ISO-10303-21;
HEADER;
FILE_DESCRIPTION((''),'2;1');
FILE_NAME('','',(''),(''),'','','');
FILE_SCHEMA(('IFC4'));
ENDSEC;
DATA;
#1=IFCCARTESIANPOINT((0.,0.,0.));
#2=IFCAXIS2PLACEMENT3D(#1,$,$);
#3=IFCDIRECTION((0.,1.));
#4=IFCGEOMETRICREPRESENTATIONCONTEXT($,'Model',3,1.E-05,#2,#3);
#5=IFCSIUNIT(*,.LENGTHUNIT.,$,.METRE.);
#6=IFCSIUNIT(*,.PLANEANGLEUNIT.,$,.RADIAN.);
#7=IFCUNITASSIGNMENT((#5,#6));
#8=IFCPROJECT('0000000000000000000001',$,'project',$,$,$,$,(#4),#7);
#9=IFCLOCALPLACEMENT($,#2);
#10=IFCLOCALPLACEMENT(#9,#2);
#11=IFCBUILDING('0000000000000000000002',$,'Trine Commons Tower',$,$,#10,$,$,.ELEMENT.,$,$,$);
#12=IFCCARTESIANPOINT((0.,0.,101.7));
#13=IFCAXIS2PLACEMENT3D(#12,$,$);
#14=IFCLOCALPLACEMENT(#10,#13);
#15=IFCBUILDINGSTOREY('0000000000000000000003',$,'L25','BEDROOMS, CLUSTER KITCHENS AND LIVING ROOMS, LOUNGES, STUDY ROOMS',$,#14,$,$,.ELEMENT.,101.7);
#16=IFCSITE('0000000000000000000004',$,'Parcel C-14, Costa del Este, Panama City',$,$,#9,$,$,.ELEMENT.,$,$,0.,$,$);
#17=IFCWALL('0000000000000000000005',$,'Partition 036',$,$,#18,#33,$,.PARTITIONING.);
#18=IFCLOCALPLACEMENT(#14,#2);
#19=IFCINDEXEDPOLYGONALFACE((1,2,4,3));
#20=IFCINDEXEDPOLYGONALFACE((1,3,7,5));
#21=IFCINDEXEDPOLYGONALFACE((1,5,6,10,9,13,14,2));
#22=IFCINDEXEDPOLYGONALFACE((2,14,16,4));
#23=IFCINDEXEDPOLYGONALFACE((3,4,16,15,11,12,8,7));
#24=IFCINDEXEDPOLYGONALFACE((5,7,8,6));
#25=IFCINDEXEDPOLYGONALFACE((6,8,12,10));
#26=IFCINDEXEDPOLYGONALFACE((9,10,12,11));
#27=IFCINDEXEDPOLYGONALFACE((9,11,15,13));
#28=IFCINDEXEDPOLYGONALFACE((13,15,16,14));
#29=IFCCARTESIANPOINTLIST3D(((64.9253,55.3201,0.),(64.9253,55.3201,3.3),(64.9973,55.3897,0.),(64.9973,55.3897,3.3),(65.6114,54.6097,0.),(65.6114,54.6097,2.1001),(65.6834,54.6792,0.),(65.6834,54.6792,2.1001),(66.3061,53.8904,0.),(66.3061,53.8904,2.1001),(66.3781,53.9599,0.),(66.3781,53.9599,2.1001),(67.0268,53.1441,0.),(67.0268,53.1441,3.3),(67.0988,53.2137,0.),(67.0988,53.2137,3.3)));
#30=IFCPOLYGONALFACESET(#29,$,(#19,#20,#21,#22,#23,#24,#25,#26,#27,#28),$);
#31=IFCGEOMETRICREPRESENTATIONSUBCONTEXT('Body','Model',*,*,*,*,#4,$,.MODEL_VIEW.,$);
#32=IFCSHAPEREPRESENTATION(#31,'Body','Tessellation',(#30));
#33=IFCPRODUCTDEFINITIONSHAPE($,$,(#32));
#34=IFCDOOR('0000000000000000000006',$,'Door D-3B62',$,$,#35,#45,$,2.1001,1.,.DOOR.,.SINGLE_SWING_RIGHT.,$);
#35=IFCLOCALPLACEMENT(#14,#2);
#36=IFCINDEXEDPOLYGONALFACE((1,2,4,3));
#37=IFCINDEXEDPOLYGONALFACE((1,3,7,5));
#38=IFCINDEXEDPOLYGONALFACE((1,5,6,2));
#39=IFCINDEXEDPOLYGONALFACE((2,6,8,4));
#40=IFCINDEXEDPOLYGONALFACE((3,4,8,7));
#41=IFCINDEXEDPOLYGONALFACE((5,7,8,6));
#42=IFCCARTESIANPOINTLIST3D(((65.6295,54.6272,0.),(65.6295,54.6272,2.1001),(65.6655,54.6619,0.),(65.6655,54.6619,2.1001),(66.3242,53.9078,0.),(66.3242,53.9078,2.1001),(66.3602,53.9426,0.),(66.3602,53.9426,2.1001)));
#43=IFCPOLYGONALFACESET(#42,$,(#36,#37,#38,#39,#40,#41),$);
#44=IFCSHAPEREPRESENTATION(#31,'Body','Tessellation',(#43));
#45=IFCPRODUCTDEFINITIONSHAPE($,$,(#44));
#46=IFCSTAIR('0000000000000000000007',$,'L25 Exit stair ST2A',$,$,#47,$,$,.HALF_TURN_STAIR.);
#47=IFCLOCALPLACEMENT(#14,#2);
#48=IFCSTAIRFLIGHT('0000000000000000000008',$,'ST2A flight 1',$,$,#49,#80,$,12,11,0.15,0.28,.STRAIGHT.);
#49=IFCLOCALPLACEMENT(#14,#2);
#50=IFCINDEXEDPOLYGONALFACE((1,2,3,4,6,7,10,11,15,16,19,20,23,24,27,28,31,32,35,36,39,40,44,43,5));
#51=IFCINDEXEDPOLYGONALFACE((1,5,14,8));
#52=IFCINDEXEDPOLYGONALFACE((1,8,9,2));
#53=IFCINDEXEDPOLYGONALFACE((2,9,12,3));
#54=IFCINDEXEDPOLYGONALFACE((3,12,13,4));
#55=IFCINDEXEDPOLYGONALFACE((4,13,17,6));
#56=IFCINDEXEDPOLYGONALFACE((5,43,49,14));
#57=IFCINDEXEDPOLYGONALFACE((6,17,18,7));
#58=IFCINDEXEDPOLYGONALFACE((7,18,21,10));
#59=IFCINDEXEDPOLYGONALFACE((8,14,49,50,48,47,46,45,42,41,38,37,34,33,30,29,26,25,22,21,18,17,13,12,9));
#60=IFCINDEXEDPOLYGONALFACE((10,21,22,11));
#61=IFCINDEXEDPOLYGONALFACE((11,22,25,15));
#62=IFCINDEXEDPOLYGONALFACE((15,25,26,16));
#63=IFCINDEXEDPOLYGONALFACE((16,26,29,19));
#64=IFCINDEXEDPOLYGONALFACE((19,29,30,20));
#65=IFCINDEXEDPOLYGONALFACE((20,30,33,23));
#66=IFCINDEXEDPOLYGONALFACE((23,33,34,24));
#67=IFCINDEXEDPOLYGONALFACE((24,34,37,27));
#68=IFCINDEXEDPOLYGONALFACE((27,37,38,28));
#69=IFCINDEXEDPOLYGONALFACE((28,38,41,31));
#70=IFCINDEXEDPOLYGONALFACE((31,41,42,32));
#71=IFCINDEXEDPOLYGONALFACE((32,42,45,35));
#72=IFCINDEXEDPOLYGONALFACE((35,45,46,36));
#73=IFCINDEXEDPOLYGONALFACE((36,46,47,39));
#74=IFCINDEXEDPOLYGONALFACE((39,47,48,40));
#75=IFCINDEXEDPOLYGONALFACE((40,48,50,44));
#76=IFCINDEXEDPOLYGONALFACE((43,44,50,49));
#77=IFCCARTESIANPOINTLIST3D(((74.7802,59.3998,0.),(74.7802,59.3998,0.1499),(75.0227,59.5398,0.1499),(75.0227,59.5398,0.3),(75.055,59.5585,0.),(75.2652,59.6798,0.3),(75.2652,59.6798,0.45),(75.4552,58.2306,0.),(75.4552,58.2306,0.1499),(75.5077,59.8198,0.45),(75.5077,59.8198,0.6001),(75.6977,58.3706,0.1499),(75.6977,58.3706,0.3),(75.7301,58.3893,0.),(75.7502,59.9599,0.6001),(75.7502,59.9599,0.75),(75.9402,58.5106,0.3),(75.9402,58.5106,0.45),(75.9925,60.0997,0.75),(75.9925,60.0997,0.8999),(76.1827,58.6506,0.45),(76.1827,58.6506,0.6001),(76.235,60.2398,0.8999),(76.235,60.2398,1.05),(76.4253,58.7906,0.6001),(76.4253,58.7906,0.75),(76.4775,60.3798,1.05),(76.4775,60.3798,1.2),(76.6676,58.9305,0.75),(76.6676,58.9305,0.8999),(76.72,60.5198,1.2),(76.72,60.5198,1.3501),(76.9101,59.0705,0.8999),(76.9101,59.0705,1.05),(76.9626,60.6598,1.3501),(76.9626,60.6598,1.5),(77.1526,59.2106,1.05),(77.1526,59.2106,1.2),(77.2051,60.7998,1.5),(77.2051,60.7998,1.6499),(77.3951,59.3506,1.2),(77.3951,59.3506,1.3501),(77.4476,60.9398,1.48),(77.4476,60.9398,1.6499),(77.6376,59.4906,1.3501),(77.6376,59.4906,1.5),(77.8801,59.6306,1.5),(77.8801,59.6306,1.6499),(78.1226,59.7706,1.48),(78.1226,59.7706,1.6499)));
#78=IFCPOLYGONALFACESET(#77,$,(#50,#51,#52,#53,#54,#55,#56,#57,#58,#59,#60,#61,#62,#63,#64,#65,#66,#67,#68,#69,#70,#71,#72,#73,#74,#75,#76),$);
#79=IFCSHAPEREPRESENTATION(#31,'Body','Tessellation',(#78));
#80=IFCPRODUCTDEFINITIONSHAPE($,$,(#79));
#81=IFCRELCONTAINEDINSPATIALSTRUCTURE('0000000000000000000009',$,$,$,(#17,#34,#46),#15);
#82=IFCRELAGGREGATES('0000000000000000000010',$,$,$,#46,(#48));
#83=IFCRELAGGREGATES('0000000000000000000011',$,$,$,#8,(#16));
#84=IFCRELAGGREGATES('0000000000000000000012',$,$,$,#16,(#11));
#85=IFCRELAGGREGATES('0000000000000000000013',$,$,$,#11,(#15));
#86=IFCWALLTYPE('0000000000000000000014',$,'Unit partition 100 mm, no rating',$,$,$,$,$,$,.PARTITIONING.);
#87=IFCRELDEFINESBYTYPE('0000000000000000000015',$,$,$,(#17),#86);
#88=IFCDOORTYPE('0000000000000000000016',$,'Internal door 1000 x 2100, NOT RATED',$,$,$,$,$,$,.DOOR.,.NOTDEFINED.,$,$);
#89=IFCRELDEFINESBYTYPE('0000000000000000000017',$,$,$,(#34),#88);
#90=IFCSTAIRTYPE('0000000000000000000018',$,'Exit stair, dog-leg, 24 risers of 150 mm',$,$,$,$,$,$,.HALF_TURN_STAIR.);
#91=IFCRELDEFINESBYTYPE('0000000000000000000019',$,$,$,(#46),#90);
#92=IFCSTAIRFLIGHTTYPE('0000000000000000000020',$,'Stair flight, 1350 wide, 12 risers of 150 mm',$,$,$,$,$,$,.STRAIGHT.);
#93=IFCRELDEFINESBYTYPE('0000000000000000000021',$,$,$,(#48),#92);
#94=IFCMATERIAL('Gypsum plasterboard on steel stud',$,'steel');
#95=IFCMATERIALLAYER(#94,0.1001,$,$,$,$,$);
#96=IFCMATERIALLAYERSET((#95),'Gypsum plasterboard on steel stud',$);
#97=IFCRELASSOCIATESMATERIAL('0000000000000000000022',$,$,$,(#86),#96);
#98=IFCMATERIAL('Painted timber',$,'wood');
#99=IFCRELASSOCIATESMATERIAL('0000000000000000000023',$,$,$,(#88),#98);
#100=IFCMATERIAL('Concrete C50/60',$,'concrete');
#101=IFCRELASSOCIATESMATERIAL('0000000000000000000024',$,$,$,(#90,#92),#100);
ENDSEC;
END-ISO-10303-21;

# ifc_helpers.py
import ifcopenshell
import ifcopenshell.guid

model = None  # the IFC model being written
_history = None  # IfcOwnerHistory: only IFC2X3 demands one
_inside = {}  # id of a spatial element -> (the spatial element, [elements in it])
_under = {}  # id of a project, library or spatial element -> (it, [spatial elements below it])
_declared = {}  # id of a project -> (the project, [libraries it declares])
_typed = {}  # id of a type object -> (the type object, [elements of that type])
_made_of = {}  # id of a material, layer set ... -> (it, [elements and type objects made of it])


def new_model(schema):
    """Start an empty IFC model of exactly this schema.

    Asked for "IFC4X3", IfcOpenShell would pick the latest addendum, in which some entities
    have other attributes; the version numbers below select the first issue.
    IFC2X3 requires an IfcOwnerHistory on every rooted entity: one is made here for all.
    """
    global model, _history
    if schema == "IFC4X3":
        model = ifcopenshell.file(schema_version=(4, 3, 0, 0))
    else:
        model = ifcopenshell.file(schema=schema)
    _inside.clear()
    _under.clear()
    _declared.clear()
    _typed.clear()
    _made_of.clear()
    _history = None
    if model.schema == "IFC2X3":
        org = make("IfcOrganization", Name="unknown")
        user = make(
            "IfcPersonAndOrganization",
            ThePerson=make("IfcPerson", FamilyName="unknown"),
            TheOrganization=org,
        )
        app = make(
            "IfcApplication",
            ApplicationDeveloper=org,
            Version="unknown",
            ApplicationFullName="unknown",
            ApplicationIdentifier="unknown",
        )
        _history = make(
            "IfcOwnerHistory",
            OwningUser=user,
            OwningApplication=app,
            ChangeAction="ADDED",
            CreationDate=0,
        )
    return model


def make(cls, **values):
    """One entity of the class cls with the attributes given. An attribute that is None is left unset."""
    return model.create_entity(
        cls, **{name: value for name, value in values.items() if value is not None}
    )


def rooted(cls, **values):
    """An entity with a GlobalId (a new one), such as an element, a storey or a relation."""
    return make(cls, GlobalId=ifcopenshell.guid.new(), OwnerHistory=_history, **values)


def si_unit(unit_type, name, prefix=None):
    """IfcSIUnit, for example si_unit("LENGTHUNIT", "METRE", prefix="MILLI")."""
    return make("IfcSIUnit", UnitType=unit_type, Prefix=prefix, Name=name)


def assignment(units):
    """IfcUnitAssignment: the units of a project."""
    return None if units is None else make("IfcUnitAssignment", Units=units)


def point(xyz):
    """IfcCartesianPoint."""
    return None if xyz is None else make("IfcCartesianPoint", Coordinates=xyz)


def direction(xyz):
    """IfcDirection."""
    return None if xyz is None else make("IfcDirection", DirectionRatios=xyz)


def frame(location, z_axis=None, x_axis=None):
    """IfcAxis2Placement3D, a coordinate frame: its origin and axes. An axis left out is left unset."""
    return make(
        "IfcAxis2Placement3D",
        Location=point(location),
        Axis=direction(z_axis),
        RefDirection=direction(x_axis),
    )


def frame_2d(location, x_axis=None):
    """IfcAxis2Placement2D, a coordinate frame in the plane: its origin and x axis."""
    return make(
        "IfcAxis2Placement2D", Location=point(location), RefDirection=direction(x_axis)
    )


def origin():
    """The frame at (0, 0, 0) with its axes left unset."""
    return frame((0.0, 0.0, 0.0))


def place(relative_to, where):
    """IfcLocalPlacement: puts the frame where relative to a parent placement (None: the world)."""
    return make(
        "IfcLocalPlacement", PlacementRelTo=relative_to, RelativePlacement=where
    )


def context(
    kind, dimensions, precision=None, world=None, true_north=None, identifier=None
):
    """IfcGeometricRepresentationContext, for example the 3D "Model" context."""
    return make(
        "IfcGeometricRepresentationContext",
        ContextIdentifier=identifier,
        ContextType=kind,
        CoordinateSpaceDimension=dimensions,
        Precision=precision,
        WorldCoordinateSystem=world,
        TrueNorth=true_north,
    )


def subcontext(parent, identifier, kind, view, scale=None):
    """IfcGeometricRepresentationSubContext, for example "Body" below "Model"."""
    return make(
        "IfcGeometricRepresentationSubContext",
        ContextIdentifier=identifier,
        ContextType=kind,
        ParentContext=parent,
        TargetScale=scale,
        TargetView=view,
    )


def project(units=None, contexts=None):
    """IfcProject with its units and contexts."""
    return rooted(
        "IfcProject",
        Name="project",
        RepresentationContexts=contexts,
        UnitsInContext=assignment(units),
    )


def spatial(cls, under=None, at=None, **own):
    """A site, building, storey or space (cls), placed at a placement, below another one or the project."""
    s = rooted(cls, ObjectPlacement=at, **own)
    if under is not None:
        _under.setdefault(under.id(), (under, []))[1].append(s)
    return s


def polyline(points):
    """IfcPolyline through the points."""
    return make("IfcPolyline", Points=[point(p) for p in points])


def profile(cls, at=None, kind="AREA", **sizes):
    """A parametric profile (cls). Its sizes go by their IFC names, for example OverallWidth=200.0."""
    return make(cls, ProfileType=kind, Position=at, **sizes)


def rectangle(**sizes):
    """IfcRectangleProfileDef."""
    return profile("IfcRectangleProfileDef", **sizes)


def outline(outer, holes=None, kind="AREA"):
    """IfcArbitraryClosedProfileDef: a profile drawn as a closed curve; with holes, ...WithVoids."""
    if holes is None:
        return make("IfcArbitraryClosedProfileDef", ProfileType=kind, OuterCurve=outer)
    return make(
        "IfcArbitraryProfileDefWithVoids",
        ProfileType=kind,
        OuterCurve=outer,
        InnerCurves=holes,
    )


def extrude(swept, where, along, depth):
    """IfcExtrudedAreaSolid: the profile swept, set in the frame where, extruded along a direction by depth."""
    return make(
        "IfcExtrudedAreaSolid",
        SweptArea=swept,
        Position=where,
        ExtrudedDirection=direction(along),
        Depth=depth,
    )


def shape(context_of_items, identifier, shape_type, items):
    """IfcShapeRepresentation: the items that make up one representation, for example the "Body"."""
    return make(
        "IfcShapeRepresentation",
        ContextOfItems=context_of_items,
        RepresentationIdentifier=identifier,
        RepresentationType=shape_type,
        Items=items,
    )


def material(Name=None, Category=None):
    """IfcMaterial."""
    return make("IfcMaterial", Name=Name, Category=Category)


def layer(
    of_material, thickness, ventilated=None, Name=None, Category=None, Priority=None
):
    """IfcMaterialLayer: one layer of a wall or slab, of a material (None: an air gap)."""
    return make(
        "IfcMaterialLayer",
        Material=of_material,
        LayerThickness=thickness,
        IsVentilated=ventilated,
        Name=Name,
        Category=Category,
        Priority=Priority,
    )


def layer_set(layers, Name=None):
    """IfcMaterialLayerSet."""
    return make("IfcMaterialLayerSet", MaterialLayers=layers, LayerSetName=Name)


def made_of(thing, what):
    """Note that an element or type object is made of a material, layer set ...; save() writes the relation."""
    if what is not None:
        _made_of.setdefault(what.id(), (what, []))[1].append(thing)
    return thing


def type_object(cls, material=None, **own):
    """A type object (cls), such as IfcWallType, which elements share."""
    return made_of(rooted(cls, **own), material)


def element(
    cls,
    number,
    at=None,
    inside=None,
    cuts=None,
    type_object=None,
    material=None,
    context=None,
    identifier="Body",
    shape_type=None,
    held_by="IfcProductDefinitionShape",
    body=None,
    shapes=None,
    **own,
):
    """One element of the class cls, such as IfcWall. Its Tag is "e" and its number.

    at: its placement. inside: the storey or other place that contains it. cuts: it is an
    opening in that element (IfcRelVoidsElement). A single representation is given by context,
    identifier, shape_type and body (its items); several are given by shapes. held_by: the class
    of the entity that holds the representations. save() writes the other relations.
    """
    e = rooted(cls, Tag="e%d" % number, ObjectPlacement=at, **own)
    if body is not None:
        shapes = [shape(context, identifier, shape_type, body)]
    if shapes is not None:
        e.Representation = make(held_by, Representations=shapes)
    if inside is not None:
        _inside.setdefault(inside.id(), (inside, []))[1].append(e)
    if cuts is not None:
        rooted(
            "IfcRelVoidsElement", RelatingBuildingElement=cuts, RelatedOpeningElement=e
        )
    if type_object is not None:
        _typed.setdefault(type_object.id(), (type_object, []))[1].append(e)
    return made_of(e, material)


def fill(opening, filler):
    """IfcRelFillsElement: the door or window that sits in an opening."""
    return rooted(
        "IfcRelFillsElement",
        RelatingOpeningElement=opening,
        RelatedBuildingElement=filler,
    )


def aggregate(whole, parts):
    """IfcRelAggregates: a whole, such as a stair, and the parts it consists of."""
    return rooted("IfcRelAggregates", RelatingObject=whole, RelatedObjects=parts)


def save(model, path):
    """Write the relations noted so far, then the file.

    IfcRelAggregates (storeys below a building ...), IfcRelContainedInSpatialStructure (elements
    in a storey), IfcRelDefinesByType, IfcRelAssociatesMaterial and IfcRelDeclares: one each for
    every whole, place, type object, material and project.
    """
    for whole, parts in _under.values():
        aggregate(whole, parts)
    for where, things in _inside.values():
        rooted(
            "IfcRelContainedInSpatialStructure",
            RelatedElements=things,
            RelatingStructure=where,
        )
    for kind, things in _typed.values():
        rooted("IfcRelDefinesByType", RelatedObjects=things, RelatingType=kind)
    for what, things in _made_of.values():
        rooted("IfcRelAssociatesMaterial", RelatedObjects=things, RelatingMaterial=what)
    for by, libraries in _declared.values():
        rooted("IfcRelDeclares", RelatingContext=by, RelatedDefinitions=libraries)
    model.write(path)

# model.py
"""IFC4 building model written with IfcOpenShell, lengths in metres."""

from ifc_helpers import new_model, si_unit, direction, frame, frame_2d, origin, place, context, subcontext, project, spatial, polyline, rectangle, outline, extrude, material, layer, layer_set, type_object, element, fill, aggregate, save


model = new_model("IFC4")

# Units and contexts
model_context = context("Model", 3, precision=1e-05, world=origin(), true_north=direction((0.0, 1.0)))
body_context = subcontext(model_context, "Body", "Model", "MODEL_VIEW")
ifc_project = project(units=[si_unit("LENGTHUNIT", "METRE"), si_unit("PLANEANGLEUNIT", "RADIAN")], contexts=[model_context])

# Site, building, storey
site_placement = place(None, origin())
site = spatial("IfcSite", under=ifc_project, at=site_placement, Name="Parcel C-14, Costa del Este, Panama City", CompositionType="ELEMENT", RefElevation=0.0)
building_placement = place(site_placement, origin())
building = spatial("IfcBuilding", under=site, at=building_placement, Name="Trine Commons Tower", CompositionType="ELEMENT")
storey_placement = place(building_placement, frame((0.0, 0.0, 101.7)))
storey = spatial("IfcBuildingStorey", under=building, at=storey_placement, Name="L25", Description="BEDROOMS, CLUSTER KITCHENS AND LIVING ROOMS, LOUNGES, STUDY ROOMS", CompositionType="ELEMENT", Elevation=101.7)

# Shared definitions
ifc_material_1 = material(Name="Gypsum plasterboard on steel stud", Category="steel")

# Wall, opening, door
ifc_layer_1 = layer(ifc_material_1, 0.1001)
ifc_layer_set_1 = layer_set([ifc_layer_1], Name="Gypsum plasterboard on steel stud")
wall_type_1 = type_object("IfcWallType", Name="Unit partition 100 mm, no rating", PredefinedType="PARTITIONING", material=ifc_layer_set_1)
wall_1_placement = place(storey_placement, frame((64.9612, 55.355, 0.0), z_axis=(0.0, 0.0, 1.0), x_axis=(0.694692, -0.719307, 0.0)))
wall_1 = element("IfcWall", 1, at=wall_1_placement, inside=storey, type_object=wall_type_1, Name="Partition 036", PredefinedType="PARTITIONING", context=body_context, shape_type="SweptSolid", body=[
    extrude(rectangle(XDim=3.0251, YDim=0.1001, at=frame_2d((1.5127, 0.0))), origin(), (0.0, 0.0, 1.0), 3.3),
])
opening_1_placement = place(wall_1_placement, frame((0.9878, 0.0, 0.0)))
opening_1 = element("IfcOpeningElement", 2, at=opening_1_placement, cuts=wall_1, PredefinedType="OPENING", context=body_context, shape_type="SweptSolid", body=[
    extrude(rectangle(XDim=1.0, YDim=2.1001, at=frame_2d((0.5, 1.05))), frame((0.0, 0.0601, 0.0), z_axis=(0.0, -1.0, 0.0), x_axis=(1.0, 0.0, 0.0)), (0.0, 0.0, 1.0), 0.1201),
])
ifc_material_2 = material(Name="Painted timber", Category="wood")
door_type_1 = type_object("IfcDoorType", Name="Internal door 1000 x 2100, NOT RATED", OperationType="NOTDEFINED", PredefinedType="DOOR", material=ifc_material_2)
door_1_placement = place(opening_1_placement, frame((1.0, 0.0, 0.0), z_axis=(0.0, 0.0, 1.0), x_axis=(-1.0, 0.0, 0.0)))
door_1 = element("IfcDoor", 3, at=door_1_placement, inside=storey, type_object=door_type_1, Name="Door D-3B62", OperationType="SINGLE_SWING_RIGHT", OverallHeight=2.1001, OverallWidth=1.0, PredefinedType="DOOR", context=body_context, shape_type="SweptSolid", body=[
    extrude(rectangle(XDim=1.0, YDim=2.1001, at=frame_2d((0.5, 1.05))), frame((0.0, 0.0249, 0.0), z_axis=(0.0, -1.0, 0.0), x_axis=(1.0, 0.0, 0.0)), (0.0, 0.0, 1.0), 0.05),
])
fill(opening_1, door_1)

# Stair, stair flight
ifc_material_3 = material(Name="Concrete C50/60", Category="concrete")
stair_type = type_object("IfcStairType", Name="Exit stair, dog-leg, 24 risers of 150 mm", PredefinedType="HALF_TURN_STAIR", material=ifc_material_3)
stair_placement = place(storey_placement, origin())
stair = element("IfcStair", 4, at=stair_placement, inside=storey, type_object=stair_type, Name="L25 Exit stair ST2A", PredefinedType="HALF_TURN_STAIR")
stair_flight_type = type_object("IfcStairFlightType", Name="Stair flight, 1350 wide, 12 risers of 150 mm", PredefinedType="STRAIGHT", material=ifc_material_3)
stair_flight_placement = place(storey_placement, frame((75.1177, 58.8152, 0.0), z_axis=(0.0, 0.0, 1.0), x_axis=(0.866025, 0.5, 0.0)))
stair_flight = element("IfcStairFlight", 5, at=stair_flight_placement, type_object=stair_flight_type, Name="ST2A flight 1", NumberOfRisers=12, NumberOfTreads=11, PredefinedType="STRAIGHT", RiserHeight=0.15, TreadLength=0.28, context=body_context, shape_type="SweptSolid", body=[
    extrude(outline(polyline([(0.0, 0.0), (0.0, 0.1499), (0.28, 0.1499), (0.28, 0.3), (0.5601, 0.3), (0.5601, 0.45), (0.8401, 0.45), (0.8401, 0.6001), (1.1201, 0.6001), (1.1201, 0.75), (1.3999, 0.75), (1.3999, 0.8999), (1.6799, 0.8999), (1.6799, 1.05), (1.96, 1.05), (1.96, 1.2), (2.24, 1.2), (2.24, 1.3501), (2.52, 1.3501), (2.52, 1.5), (2.8, 1.5), (2.8, 1.6499), (3.0801, 1.6499), (3.0801, 1.8), (3.0801, 1.48), (0.3174, 0.0), (0.0, 0.0)])), frame((0.0, 0.675, 0.0), z_axis=(0.0, -1.0, 0.0), x_axis=(1.0, 0.0, 0.0)), (0.0, 0.0, 1.0), 1.3501),
])
aggregate(stair, [stair_flight])

save(model, "model.ifc")
